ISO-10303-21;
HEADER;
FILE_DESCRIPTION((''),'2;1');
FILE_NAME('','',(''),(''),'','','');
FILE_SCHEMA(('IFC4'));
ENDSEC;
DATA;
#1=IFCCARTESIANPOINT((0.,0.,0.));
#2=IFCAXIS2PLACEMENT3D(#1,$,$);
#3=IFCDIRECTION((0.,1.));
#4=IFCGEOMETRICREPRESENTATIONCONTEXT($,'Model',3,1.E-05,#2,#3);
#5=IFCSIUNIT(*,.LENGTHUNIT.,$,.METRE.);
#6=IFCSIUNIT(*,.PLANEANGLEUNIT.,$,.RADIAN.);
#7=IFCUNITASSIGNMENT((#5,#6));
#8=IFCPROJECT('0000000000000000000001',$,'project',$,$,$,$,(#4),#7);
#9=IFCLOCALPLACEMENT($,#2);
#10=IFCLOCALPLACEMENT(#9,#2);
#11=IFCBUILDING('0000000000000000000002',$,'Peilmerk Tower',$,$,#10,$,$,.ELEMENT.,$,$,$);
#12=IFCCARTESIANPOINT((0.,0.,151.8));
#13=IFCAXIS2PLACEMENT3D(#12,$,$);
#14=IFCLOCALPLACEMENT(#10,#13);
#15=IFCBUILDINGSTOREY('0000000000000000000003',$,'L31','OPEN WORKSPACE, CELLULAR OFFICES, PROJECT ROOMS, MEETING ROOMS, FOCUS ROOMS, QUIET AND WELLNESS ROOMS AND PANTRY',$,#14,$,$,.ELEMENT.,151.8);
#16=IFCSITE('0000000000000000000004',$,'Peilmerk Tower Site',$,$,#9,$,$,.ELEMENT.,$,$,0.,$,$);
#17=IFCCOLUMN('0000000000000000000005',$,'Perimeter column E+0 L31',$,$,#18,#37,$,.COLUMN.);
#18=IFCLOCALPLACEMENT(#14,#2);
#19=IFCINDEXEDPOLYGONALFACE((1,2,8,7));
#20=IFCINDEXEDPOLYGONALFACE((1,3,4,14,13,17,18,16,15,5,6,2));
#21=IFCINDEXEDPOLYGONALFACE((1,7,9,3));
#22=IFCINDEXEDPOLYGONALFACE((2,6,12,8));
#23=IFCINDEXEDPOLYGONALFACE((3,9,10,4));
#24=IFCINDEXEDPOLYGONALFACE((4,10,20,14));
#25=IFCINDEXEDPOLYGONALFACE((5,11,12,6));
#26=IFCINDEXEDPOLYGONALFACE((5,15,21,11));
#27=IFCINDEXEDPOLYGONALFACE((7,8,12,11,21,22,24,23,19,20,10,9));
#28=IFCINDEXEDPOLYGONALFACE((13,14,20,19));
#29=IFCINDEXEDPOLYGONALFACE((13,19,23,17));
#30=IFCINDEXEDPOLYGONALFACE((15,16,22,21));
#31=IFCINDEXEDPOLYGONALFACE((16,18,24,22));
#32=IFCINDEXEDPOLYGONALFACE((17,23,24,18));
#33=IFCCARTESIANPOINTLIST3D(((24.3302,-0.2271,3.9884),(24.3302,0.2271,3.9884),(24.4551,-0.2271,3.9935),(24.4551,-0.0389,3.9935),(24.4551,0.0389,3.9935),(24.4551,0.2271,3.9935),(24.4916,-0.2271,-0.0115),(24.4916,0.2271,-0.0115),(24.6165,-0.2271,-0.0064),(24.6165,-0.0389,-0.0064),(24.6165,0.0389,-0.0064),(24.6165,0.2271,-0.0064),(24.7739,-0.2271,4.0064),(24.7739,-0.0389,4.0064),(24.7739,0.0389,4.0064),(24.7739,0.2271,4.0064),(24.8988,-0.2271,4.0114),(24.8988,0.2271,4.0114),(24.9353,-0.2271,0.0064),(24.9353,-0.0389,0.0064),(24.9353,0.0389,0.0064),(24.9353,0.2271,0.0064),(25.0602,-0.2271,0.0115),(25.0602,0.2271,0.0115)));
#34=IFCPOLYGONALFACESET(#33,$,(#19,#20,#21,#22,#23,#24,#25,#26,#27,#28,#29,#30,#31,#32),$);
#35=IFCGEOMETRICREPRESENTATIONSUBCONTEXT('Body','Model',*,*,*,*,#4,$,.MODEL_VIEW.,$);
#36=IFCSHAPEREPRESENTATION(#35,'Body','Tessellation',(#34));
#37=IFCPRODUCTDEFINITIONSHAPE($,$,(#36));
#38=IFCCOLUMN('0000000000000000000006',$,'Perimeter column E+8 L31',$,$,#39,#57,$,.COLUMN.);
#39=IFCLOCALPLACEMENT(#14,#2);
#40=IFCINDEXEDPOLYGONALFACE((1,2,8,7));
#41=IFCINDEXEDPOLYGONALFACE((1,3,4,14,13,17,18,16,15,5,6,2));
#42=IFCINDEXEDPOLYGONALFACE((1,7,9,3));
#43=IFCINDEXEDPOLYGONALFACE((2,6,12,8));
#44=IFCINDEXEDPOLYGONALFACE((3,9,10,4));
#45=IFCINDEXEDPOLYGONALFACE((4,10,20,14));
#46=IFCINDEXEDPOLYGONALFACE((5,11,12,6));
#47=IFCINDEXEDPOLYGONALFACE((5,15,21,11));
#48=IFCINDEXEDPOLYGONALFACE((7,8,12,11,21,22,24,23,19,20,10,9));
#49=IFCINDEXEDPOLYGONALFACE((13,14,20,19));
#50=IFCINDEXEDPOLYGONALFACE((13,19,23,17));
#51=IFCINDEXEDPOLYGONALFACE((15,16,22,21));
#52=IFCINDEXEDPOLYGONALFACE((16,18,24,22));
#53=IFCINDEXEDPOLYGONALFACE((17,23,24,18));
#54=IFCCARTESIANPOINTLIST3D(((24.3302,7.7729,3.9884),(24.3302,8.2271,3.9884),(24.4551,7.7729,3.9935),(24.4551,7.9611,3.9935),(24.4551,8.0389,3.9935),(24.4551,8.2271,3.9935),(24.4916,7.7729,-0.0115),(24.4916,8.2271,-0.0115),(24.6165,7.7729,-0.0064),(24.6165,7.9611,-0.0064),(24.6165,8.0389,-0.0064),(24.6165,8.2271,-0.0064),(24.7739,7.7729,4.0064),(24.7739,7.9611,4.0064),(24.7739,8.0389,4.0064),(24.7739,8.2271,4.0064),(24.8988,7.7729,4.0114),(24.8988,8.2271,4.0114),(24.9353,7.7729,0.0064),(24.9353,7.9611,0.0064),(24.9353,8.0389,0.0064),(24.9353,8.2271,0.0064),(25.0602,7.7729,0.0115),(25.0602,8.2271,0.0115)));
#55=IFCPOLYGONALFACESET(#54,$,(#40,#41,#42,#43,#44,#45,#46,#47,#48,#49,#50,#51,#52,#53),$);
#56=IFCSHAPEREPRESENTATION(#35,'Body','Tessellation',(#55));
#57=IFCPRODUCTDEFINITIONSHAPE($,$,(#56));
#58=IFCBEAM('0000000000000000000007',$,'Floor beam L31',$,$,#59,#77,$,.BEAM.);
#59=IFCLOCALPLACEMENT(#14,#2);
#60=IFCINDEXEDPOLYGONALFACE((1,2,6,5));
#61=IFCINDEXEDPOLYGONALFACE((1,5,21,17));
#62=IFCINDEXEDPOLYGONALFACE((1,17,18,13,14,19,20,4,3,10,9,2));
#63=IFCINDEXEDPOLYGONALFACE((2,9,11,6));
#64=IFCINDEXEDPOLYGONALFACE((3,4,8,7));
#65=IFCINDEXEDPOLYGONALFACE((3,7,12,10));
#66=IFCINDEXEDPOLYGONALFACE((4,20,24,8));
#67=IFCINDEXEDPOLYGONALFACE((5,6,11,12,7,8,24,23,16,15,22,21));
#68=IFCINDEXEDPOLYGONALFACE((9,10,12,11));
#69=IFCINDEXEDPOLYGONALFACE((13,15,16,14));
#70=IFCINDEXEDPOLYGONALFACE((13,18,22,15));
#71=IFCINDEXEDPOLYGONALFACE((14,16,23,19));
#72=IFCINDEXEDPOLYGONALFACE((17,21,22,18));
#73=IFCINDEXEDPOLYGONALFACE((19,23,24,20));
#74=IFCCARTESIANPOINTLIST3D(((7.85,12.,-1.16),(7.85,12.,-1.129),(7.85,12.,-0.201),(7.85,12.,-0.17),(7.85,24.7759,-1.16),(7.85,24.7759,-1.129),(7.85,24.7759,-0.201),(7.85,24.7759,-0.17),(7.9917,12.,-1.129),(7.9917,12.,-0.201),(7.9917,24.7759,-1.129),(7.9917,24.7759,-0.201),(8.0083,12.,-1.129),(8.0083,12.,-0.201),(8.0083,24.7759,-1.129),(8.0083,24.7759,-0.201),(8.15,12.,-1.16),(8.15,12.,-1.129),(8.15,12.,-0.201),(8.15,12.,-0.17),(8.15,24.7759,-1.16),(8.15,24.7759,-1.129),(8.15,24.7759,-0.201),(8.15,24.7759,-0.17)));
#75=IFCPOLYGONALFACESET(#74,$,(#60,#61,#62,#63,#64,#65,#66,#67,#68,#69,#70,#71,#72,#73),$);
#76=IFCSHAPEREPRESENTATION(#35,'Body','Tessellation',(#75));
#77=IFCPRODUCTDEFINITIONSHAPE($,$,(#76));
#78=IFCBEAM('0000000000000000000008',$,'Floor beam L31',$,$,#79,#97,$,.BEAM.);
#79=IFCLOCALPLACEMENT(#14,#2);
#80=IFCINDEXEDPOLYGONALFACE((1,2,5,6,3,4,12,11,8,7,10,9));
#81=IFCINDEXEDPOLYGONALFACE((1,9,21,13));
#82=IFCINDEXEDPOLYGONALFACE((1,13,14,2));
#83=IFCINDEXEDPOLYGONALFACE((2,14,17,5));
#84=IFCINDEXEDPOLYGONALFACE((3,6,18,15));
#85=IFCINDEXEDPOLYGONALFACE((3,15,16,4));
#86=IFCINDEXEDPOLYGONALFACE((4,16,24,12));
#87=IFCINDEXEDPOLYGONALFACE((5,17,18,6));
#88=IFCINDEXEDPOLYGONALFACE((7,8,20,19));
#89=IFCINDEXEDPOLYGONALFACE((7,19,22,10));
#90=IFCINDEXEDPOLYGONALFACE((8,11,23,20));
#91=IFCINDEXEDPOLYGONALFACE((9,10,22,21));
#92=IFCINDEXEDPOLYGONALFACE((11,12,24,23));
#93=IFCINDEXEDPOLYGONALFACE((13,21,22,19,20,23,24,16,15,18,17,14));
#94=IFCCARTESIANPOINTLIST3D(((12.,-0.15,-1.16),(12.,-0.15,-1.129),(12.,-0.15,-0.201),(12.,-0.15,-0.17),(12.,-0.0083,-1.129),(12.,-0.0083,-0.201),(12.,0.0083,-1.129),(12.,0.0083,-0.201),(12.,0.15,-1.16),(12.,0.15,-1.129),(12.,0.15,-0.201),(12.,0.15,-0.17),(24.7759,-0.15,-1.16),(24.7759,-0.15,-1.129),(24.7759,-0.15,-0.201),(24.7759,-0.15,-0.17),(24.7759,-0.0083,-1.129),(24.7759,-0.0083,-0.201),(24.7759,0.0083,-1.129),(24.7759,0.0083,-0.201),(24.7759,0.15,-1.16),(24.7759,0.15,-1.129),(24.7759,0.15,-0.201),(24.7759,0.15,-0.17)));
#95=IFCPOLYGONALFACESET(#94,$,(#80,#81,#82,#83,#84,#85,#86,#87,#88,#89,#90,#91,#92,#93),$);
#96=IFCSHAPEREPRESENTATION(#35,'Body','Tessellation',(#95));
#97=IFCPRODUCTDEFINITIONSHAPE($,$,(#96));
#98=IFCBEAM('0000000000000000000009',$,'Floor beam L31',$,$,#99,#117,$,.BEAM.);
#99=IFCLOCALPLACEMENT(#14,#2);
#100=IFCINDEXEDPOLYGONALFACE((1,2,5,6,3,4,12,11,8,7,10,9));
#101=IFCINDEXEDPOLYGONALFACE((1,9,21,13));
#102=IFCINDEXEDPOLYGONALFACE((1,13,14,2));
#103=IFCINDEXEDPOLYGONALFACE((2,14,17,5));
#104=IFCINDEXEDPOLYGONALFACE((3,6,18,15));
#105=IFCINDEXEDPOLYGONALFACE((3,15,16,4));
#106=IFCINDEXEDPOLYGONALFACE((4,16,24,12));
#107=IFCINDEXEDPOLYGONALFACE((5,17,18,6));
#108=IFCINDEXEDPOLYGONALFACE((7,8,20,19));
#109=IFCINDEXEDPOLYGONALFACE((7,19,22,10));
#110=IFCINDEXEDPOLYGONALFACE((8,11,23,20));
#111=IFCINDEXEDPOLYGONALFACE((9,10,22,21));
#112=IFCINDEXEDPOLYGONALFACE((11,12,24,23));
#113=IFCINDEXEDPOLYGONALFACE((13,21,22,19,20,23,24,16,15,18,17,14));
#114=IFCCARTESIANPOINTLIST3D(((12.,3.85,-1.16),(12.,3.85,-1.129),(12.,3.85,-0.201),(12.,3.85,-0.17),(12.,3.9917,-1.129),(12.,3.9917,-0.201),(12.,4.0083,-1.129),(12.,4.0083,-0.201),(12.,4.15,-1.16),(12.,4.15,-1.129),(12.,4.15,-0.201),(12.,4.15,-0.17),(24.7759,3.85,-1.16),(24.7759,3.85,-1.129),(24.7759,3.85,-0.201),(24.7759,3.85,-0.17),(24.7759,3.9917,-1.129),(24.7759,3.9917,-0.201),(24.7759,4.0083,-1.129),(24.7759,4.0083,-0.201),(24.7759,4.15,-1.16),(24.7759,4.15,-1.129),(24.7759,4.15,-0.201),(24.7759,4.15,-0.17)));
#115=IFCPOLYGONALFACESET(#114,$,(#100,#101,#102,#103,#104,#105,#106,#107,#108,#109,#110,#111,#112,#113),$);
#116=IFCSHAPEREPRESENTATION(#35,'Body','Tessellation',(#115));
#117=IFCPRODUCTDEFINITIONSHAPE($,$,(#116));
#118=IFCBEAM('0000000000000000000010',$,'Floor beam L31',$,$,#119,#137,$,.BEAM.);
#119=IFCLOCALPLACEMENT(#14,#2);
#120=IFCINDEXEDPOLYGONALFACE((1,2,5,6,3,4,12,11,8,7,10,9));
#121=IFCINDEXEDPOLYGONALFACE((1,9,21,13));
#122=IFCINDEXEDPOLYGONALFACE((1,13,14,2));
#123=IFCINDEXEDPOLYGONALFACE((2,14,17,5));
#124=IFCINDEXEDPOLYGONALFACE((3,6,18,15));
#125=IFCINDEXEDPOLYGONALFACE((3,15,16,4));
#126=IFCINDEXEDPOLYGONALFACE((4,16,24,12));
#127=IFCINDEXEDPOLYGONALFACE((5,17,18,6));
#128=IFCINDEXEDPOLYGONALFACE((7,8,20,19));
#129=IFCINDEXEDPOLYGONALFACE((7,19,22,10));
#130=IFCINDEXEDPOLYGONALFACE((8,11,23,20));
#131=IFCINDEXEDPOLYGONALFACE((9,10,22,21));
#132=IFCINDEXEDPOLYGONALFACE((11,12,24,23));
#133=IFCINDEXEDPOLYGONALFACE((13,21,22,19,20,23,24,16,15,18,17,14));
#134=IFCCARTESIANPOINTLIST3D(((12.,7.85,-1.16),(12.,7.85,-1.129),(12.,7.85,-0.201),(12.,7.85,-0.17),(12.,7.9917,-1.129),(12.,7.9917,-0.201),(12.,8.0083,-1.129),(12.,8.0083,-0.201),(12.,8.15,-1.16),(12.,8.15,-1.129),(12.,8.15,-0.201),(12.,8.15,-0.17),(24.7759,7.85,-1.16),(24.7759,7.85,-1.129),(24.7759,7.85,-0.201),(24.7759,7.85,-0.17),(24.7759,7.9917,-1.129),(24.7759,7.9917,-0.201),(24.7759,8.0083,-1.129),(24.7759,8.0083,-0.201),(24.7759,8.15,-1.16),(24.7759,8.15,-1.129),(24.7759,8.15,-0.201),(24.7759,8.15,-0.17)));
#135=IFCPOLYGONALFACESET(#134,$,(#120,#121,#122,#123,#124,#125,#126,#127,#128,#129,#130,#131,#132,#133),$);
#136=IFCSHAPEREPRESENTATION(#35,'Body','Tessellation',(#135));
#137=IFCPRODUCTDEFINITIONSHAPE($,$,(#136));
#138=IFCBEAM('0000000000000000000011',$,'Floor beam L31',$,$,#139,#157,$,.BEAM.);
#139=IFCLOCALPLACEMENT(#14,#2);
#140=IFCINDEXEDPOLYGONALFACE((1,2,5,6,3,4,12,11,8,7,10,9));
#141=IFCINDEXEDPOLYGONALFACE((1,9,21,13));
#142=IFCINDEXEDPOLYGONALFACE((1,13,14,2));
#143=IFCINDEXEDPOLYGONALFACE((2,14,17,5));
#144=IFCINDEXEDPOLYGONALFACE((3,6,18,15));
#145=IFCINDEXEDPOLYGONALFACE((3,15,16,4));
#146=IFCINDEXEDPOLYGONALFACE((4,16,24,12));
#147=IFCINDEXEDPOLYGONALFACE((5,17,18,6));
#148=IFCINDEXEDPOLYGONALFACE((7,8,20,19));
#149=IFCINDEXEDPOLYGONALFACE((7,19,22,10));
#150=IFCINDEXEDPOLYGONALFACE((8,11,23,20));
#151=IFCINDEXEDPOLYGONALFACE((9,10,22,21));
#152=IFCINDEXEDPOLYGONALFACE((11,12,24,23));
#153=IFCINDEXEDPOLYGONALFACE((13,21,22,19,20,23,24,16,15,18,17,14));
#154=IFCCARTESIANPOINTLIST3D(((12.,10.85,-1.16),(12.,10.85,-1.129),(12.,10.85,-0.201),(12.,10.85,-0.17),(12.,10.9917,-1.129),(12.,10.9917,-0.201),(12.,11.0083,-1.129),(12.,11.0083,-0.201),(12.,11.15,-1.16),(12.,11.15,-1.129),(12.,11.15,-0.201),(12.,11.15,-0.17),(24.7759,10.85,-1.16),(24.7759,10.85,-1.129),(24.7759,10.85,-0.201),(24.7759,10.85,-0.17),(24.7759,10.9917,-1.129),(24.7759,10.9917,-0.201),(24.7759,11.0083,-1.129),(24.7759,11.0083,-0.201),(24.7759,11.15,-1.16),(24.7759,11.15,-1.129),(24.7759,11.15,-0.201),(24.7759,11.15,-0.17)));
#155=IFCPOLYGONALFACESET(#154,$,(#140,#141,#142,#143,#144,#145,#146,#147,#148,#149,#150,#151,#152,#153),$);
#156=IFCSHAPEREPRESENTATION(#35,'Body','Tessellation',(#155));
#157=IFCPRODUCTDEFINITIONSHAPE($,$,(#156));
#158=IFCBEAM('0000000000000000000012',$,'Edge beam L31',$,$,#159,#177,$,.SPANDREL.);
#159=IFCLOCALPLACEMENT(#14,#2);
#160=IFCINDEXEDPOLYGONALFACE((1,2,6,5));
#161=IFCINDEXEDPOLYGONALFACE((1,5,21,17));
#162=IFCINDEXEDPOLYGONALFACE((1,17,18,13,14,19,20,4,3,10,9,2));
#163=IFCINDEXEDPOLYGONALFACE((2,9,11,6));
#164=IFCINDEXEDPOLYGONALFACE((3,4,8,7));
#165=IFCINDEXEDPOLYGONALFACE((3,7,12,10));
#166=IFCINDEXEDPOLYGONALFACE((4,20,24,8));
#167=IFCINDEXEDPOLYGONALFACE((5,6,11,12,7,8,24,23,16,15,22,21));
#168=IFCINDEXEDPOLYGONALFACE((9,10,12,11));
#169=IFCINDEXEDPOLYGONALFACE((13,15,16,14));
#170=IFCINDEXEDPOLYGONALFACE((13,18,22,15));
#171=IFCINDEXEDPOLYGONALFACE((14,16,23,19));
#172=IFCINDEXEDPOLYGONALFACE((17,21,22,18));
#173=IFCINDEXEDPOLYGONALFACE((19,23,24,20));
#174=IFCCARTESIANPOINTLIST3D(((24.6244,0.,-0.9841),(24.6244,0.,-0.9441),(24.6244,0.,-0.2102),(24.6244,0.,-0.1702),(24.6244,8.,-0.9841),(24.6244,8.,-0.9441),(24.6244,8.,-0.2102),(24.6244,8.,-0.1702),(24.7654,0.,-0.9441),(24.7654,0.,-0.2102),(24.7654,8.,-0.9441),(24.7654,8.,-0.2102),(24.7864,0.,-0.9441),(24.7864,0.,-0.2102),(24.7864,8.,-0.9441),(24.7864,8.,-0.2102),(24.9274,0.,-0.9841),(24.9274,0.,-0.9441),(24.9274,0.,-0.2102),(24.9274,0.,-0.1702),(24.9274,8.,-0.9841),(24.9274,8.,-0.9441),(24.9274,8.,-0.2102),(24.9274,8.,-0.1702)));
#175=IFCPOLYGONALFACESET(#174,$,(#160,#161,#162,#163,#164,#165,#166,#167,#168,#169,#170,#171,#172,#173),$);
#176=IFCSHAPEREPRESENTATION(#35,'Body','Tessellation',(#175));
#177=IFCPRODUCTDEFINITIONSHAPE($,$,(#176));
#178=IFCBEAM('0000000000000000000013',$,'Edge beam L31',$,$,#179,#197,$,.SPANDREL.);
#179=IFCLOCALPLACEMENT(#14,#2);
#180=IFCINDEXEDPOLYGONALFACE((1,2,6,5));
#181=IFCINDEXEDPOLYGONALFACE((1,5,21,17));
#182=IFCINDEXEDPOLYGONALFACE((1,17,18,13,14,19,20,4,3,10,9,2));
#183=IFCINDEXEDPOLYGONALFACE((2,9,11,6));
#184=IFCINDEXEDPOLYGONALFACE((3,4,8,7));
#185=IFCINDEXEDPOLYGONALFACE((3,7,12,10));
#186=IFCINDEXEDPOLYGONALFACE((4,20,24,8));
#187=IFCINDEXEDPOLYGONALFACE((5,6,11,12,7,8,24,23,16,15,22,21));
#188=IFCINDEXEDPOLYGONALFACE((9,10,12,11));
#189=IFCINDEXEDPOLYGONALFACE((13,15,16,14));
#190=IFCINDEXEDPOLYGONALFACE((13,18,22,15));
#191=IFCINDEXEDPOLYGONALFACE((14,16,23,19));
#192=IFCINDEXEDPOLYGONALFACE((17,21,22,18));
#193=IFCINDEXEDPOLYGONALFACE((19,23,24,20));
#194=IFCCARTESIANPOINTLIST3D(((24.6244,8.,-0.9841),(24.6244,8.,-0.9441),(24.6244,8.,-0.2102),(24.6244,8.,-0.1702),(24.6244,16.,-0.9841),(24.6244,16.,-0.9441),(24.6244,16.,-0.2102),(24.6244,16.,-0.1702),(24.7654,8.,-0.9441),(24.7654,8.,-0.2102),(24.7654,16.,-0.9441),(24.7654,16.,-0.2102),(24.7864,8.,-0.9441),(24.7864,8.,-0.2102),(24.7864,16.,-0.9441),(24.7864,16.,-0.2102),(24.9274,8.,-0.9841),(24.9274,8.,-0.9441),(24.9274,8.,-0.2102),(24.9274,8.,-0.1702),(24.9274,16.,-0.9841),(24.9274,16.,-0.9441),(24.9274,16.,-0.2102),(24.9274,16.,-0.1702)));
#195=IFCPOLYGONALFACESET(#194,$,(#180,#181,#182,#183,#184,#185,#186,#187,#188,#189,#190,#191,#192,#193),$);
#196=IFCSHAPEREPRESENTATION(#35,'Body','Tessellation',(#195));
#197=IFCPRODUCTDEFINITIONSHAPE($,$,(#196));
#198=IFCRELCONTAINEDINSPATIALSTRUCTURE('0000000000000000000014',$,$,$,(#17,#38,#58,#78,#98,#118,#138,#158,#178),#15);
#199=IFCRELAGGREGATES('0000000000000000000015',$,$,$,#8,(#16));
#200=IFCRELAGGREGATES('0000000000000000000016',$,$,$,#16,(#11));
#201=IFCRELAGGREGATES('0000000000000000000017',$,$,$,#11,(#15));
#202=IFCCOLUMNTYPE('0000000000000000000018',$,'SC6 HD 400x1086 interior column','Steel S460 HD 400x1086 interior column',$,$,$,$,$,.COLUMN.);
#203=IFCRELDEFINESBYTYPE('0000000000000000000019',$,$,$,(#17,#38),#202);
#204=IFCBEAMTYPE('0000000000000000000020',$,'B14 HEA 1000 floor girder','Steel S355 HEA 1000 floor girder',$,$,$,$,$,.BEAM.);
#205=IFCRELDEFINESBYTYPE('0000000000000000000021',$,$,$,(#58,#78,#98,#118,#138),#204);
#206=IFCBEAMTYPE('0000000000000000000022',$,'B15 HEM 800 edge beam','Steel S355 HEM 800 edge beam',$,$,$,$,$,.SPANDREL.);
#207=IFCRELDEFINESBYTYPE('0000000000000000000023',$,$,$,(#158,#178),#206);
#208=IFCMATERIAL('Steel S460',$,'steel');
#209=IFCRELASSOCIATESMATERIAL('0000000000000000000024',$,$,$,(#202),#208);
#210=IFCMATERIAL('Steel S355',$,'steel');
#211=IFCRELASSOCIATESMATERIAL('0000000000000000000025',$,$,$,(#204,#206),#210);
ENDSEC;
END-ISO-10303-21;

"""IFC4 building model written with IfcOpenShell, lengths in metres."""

from ifc_helpers import new_model, si_unit, direction, frame, origin, origin_2d, place, context, subcontext, project, spatial, i_section, extrude, material, material_profile, profile_set, type_object, element, save


model = new_model("IFC4")

# Units and contexts
model_context = context("Model", 3, precision=1e-05, world=origin(), true_north=direction((0.0, 1.0)))
body_context = subcontext(model_context, "Body", "Model", "MODEL_VIEW")
ifc_project = project(units=[si_unit("LENGTHUNIT", "METRE"), si_unit("PLANEANGLEUNIT", "RADIAN")], contexts=[model_context])

# Site, building, storey
site_placement = place(None, origin())
site = spatial("IfcSite", under=ifc_project, at=site_placement, Name="Peilmerk Tower Site", CompositionType="ELEMENT", RefElevation=0.0)
building_placement = place(site_placement, origin())
building = spatial("IfcBuilding", under=site, at=building_placement, Name="Peilmerk Tower", CompositionType="ELEMENT")
storey_placement = place(building_placement, frame((0.0, 0.0, 151.8)))
storey = spatial("IfcBuildingStorey", under=building, at=storey_placement, Name="L31", Description="OPEN WORKSPACE, CELLULAR OFFICES, PROJECT ROOMS, MEETING ROOMS, FOCUS ROOMS, QUIET AND WELLNESS ROOMS AND PANTRY", CompositionType="ELEMENT", Elevation=151.8)

# Columns
ifc_material_1 = material(Name="Steel S460", Category="steel")
ifc_material_profile_1 = material_profile(ifc_material_1, i_section(OverallWidth=0.4541, OverallDepth=0.5691, WebThickness=0.0779, FlangeThickness=0.125, at=origin_2d()), Name="HD 400x1086")
ifc_profile_set_1 = profile_set([ifc_material_profile_1], Name="Steel S460")
column_type = type_object("IfcColumnType", Name="SC6 HD 400x1086 interior column", Description="Steel S460 HD 400x1086 interior column", PredefinedType="COLUMN", material=ifc_profile_set_1)
for number, where, z_axis, x_axis, name in (
    (1, (24.7759, 0.0, 0.0), (-0.040311, 0.0, 0.999187), (0.0, -1.0, 0.0), "Perimeter column E+0 L31"),
    (2, (24.7759, 8.0, 0.0), (-0.040311, 0.0, 0.999187), (0.0, -1.0, 0.0), "Perimeter column E+8 L31"),
):
    element("IfcColumn", number, at=place(storey_placement, frame(where, z_axis=z_axis, x_axis=x_axis)), inside=storey, type_object=column_type, Name=name, PredefinedType="COLUMN", context=body_context, shape_type="SweptSolid", body=[
        extrude(i_section(OverallWidth=0.4541, OverallDepth=0.5691, WebThickness=0.0779, FlangeThickness=0.125, at=origin_2d()), origin(), (0.0, 0.0, 1.0), 4.0032),
    ])

# Beams
ifc_material_2 = material(Name="Steel S355", Category="steel")
ifc_material_profile_2 = material_profile(ifc_material_2, i_section(OverallWidth=0.3, OverallDepth=0.99, WebThickness=0.0166, FlangeThickness=0.031, at=origin_2d()), Name="HEA 1000")
ifc_profile_set_2 = profile_set([ifc_material_profile_2], Name="Steel S355")
beam_type_1 = type_object("IfcBeamType", Name="B14 HEA 1000 floor girder", Description="Steel S355 HEA 1000 floor girder", PredefinedType="BEAM", material=ifc_profile_set_2)
for number, where, z_axis, x_axis, name in (
    (3, (8.0, 12.0, -0.665), (0.0, 1.0, 0.0), (-1.0, 0.0, 0.0), "Floor beam L31"),
    (4, (12.0, 0.0, -0.665), (1.0, 0.0, 0.0), (0.0, 1.0, 0.0), "Floor beam L31"),
    (5, (12.0, 4.0, -0.665), (1.0, 0.0, 0.0), (0.0, 1.0, 0.0), "Floor beam L31"),
    (6, (12.0, 8.0, -0.665), (1.0, 0.0, 0.0), (0.0, 1.0, 0.0), "Floor beam L31"),
    (7, (12.0, 11.0, -0.665), (1.0, 0.0, 0.0), (0.0, 1.0, 0.0), "Floor beam L31"),
):
    element("IfcBeam", number, at=place(storey_placement, frame(where, z_axis=z_axis, x_axis=x_axis)), inside=storey, type_object=beam_type_1, Name=name, PredefinedType="BEAM", context=body_context, shape_type="SweptSolid", body=[
        extrude(i_section(OverallWidth=0.3, OverallDepth=0.99, WebThickness=0.0166, FlangeThickness=0.031, at=origin_2d()), origin(), (0.0, 0.0, 1.0), 12.7759),
    ])
ifc_material_profile_3 = material_profile(ifc_material_2, i_section(OverallWidth=0.303, OverallDepth=0.814, WebThickness=0.021, FlangeThickness=0.04, at=origin_2d()), Name="HEM 800")
ifc_profile_set_3 = profile_set([ifc_material_profile_3], Name="Steel S355")
beam_type_2 = type_object("IfcBeamType", Name="B15 HEM 800 edge beam", Description="Steel S355 HEM 800 edge beam", PredefinedType="SPANDREL", material=ifc_profile_set_3)
for number, where, z_axis, x_axis, name in (
    (8, (24.7759, 0.0, -0.5771), (0.0, 1.0, 0.0), (-1.0, 0.0, 0.0), "Edge beam L31"),
    (9, (24.7759, 8.0, -0.5771), (0.0, 1.0, 0.0), (-1.0, 0.0, 0.0), "Edge beam L31"),
):
    element("IfcBeam", number, at=place(storey_placement, frame(where, z_axis=z_axis, x_axis=x_axis)), inside=storey, type_object=beam_type_2, Name=name, PredefinedType="SPANDREL", context=body_context, shape_type="SweptSolid", body=[
        extrude(i_section(OverallWidth=0.303, OverallDepth=0.814, WebThickness=0.021, FlangeThickness=0.04, at=origin_2d()), origin(), (0.0, 0.0, 1.0), 8.0),
    ])

save(model, "model.ifc")
